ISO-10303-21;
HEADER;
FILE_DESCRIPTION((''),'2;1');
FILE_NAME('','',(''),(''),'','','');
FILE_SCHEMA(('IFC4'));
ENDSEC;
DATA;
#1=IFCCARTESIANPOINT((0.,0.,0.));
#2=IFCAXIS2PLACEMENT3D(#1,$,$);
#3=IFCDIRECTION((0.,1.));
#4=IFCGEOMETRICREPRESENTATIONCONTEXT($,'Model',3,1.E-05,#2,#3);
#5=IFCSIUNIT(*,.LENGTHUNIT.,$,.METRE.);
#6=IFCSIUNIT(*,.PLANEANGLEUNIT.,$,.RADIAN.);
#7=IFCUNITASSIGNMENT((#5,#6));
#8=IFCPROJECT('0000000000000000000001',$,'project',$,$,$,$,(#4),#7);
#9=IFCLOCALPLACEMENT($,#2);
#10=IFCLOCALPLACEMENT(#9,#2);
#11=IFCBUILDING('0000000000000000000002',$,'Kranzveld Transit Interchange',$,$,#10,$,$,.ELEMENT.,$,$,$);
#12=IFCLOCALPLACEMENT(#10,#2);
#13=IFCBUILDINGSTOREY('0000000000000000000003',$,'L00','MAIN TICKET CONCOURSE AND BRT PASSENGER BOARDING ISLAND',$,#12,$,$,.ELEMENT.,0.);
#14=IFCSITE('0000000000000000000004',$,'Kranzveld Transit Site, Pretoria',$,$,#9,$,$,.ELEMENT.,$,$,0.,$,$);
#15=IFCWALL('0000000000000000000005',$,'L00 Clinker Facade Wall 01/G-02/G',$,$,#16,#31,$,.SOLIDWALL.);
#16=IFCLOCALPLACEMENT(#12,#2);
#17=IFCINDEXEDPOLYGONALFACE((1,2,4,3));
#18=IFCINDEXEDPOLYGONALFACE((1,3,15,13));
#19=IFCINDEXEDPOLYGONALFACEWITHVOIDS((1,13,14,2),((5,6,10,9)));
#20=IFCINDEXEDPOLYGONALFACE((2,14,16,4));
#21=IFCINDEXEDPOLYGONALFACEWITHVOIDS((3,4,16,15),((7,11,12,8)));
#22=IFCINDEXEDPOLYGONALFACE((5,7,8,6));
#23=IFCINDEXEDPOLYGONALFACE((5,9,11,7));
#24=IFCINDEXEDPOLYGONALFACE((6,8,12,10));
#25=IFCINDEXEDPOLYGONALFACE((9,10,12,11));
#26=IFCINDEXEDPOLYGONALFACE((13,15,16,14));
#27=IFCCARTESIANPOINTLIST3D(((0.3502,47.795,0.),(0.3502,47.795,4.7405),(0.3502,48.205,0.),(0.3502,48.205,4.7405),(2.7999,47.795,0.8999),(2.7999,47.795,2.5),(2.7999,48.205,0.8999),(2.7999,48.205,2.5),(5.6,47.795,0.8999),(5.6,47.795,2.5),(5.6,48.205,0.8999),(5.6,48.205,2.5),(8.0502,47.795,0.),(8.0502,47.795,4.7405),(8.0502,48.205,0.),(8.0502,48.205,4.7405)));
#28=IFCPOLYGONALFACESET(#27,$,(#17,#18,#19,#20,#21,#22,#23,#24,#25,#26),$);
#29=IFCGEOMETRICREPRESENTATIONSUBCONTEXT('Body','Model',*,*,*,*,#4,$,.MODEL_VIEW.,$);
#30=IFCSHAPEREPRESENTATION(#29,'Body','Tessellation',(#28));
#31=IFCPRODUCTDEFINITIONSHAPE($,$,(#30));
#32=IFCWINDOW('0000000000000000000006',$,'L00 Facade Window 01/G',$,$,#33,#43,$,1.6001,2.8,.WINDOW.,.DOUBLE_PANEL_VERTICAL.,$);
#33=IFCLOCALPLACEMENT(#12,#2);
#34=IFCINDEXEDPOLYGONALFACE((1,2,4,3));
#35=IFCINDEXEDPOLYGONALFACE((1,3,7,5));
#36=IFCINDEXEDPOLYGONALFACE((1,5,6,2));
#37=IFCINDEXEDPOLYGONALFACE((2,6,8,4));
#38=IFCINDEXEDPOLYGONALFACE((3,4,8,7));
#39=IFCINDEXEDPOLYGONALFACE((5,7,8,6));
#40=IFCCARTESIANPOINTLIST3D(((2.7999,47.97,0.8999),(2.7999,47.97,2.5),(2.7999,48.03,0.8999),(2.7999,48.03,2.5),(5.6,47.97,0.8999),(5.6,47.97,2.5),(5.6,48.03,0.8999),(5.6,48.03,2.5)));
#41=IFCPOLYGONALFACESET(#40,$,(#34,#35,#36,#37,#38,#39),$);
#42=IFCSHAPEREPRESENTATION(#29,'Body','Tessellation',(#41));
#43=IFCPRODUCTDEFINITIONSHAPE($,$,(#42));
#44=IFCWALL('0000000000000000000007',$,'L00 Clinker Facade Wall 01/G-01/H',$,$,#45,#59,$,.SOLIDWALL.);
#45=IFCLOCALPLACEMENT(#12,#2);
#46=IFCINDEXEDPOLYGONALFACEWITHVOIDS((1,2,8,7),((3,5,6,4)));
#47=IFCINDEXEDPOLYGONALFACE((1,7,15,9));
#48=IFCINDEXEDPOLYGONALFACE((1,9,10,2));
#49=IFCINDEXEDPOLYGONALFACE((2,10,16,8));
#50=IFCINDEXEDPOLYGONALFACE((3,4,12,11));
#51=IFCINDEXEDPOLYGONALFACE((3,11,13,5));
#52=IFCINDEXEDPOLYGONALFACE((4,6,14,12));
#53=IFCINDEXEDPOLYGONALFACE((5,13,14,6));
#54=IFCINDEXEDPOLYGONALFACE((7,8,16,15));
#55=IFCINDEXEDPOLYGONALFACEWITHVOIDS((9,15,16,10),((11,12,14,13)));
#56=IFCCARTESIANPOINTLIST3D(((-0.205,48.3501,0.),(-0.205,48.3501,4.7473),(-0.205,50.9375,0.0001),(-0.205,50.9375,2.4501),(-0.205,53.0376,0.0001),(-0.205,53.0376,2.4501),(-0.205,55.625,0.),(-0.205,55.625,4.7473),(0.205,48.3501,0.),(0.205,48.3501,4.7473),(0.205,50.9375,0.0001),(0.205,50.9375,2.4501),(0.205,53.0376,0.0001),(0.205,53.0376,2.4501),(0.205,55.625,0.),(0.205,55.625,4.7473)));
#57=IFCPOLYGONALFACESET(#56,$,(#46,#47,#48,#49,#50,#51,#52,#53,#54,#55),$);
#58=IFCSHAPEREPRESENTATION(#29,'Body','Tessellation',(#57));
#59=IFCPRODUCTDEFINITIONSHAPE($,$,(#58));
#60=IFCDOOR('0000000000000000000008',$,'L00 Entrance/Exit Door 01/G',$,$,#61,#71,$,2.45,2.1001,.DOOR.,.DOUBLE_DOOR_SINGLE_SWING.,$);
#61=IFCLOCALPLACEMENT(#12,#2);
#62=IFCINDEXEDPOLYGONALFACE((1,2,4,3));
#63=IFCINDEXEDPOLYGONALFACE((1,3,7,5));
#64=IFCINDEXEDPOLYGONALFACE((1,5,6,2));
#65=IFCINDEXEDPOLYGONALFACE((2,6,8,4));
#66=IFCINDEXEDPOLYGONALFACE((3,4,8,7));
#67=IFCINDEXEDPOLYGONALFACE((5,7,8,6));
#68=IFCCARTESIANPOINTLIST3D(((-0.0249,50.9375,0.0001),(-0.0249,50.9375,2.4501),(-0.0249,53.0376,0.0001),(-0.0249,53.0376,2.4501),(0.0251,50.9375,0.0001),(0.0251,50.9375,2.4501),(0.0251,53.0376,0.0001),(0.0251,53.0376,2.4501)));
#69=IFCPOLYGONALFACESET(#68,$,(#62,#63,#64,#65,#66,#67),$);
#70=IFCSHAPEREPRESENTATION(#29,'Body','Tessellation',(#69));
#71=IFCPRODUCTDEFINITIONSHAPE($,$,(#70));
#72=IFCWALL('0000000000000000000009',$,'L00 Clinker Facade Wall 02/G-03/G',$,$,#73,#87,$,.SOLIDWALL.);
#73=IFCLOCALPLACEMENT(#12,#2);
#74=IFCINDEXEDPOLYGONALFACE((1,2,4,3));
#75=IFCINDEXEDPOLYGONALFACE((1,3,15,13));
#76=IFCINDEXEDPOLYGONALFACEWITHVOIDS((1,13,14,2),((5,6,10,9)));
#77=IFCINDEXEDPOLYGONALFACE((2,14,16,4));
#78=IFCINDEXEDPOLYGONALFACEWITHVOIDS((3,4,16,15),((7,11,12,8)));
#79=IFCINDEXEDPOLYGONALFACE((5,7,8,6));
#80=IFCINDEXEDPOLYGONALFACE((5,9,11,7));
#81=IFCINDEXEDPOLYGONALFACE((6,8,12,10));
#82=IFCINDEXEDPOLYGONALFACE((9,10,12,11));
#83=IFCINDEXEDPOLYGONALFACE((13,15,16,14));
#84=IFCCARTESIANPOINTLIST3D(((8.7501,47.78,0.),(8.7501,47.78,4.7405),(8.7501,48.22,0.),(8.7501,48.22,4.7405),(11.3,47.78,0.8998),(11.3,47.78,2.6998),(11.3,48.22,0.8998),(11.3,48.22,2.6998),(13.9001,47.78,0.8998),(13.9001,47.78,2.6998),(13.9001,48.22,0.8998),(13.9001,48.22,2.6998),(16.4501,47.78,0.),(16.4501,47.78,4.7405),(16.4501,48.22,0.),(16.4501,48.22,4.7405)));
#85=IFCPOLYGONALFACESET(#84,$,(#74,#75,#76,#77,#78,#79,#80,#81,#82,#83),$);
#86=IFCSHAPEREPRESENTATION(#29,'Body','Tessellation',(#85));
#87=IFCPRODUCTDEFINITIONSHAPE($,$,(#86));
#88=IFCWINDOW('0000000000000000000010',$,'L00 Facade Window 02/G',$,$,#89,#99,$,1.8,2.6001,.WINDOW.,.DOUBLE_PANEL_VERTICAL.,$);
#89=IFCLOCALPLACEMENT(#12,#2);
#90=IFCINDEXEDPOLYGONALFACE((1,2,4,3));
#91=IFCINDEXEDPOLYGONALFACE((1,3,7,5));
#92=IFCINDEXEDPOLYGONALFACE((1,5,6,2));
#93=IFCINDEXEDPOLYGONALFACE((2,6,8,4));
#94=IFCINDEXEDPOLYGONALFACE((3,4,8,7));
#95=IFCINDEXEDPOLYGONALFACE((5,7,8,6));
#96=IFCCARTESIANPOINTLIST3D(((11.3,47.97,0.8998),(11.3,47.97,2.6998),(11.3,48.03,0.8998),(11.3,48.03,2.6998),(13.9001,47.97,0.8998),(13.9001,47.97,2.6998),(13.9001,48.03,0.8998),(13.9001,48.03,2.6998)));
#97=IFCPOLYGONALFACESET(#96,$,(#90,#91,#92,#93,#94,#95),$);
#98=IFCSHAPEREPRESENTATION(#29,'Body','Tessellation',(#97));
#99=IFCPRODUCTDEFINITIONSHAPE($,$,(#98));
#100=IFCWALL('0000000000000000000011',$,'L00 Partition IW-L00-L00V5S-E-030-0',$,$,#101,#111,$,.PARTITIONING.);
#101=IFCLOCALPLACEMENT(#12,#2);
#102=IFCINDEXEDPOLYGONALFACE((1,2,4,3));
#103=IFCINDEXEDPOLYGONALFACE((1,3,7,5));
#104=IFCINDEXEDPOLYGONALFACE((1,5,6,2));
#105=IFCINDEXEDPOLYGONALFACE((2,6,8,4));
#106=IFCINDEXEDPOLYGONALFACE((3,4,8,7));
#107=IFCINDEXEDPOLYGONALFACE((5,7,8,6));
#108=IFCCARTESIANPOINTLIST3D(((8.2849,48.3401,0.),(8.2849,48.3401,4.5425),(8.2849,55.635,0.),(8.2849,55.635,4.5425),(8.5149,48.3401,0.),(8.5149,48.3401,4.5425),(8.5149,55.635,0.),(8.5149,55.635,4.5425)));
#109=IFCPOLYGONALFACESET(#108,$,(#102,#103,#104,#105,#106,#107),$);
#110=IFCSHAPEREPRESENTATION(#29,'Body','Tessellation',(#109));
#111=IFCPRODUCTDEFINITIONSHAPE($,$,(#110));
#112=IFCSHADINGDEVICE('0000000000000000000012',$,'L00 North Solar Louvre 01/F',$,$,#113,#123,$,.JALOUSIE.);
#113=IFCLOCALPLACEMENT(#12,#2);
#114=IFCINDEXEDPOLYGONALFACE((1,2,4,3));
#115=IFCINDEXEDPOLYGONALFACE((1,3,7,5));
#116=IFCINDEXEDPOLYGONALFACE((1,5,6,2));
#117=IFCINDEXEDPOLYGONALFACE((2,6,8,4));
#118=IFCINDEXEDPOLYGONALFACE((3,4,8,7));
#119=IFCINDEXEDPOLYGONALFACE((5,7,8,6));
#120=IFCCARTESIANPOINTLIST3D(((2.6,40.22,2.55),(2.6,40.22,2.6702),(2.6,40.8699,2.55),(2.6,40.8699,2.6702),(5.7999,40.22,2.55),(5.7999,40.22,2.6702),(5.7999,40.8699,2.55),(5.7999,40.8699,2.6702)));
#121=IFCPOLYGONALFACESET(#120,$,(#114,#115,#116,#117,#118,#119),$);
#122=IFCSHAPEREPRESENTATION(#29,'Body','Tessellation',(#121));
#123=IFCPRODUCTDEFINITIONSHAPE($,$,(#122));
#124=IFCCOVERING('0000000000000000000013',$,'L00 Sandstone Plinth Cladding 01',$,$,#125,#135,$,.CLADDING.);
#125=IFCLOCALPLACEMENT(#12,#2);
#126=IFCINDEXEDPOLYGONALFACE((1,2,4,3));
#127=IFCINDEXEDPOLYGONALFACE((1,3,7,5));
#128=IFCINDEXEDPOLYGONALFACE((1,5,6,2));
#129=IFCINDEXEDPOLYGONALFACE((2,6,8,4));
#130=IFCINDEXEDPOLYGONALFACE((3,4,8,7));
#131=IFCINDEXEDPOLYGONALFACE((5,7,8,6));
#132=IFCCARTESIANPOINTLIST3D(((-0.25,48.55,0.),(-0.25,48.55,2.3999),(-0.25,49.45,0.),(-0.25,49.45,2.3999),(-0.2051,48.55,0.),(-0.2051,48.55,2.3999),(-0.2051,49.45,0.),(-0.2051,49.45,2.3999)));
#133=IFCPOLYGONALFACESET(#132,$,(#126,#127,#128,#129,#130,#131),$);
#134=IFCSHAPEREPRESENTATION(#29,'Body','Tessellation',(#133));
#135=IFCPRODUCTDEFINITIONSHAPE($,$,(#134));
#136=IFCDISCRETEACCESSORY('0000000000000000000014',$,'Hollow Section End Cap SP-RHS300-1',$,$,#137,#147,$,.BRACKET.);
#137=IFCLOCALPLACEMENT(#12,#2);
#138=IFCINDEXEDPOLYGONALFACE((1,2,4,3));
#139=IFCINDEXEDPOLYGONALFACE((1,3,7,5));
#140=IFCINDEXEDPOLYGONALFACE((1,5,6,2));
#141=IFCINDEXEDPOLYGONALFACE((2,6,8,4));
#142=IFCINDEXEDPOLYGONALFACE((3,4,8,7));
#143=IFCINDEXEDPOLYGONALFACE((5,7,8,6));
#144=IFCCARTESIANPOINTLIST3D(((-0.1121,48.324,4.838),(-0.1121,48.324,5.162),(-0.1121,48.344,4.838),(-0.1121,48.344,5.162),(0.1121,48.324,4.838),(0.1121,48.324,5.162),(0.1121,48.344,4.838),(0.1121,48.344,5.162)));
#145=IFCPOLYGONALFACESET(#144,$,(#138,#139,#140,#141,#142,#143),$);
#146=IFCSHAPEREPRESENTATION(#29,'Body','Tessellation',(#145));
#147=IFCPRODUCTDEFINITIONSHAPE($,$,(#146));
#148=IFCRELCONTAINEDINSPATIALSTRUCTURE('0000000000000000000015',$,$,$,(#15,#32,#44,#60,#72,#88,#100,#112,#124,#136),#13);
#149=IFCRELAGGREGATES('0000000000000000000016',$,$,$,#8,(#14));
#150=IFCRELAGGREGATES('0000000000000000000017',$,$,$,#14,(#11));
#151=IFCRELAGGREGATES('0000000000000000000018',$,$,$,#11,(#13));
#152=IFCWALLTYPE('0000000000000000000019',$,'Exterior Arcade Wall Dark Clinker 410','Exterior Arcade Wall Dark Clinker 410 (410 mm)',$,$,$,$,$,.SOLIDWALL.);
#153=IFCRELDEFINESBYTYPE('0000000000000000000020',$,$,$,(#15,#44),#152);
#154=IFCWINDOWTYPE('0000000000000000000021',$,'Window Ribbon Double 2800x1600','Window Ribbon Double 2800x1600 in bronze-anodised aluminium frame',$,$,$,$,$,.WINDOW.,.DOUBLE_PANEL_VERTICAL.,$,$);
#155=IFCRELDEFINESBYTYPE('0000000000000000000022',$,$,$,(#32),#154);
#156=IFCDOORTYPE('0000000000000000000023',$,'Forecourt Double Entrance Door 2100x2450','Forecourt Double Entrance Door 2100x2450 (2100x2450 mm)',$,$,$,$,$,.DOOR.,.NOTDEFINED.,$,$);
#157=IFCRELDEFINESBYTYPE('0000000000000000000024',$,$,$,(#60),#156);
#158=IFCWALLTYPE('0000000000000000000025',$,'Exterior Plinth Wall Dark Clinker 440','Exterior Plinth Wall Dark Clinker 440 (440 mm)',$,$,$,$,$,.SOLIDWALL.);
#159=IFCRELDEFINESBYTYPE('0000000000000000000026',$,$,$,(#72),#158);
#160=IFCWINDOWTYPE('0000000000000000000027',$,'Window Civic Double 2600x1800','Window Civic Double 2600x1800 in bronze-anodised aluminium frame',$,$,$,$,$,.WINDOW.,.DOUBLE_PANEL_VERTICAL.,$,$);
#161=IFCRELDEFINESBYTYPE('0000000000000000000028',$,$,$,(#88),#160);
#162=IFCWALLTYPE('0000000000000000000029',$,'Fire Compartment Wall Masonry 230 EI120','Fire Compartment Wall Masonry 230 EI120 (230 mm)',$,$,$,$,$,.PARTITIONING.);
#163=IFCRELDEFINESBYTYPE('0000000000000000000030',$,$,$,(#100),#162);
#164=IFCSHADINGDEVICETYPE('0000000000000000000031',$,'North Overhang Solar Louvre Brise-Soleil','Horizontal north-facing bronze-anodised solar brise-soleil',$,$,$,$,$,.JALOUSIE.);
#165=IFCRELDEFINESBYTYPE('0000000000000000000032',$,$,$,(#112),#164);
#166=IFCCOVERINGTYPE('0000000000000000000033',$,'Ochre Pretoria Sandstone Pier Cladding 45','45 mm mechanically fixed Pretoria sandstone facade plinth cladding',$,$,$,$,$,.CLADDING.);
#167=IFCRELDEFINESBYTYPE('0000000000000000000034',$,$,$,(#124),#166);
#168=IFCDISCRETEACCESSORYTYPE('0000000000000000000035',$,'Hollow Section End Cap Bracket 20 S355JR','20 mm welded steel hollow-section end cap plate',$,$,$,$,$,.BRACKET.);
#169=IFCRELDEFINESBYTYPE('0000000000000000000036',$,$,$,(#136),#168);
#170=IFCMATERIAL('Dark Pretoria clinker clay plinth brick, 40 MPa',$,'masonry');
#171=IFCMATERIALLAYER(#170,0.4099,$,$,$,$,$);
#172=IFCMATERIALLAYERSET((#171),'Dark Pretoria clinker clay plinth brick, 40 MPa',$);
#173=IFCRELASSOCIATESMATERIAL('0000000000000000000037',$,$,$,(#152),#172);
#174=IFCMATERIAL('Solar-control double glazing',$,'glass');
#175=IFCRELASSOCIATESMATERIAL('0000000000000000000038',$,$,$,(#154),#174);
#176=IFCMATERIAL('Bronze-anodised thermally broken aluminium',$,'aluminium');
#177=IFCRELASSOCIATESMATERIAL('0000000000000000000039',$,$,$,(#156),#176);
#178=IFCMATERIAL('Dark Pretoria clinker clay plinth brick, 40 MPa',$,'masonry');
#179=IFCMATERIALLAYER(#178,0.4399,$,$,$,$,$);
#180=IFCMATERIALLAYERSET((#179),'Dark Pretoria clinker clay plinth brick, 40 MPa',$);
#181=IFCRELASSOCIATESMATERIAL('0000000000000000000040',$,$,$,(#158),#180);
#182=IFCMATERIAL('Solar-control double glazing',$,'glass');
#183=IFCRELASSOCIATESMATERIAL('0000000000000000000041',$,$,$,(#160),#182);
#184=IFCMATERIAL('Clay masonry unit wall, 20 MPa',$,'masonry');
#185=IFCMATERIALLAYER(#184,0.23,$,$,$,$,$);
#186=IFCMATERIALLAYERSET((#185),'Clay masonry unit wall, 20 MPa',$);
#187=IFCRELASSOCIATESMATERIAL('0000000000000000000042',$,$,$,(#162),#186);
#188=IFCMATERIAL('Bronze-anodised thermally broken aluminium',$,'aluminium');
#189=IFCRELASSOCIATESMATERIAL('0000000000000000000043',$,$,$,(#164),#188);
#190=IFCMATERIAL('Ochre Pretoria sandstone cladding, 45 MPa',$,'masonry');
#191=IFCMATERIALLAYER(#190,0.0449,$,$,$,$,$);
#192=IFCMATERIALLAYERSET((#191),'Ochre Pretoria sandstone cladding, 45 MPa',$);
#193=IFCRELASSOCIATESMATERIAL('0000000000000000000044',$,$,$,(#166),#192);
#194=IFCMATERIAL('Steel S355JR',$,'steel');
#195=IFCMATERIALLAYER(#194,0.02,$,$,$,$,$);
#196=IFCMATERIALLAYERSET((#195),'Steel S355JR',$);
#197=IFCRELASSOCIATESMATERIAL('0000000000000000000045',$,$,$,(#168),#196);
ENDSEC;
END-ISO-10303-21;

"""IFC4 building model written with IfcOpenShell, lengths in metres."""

from ifc_helpers import new_model, si_unit, direction, frame, frame_2d, origin, origin_2d, place, context, subcontext, project, spatial, rectangle, extrude, material, layer, layer_set, type_object, element, fill, save


model = new_model("IFC4")

# Units and contexts
model_context = context("Model", 3, precision=1e-05, world=origin(), true_north=direction((0.0, 1.0)))
body_context = subcontext(model_context, "Body", "Model", "MODEL_VIEW")
ifc_project = project(units=[si_unit("LENGTHUNIT", "METRE"), si_unit("PLANEANGLEUNIT", "RADIAN")], contexts=[model_context])

# Site, building, storey
site_placement = place(None, origin())
site = spatial("IfcSite", under=ifc_project, at=site_placement, Name="Kranzveld Transit Site, Pretoria", CompositionType="ELEMENT", RefElevation=0.0)
building_placement = place(site_placement, origin())
building = spatial("IfcBuilding", under=site, at=building_placement, Name="Kranzveld Transit Interchange", CompositionType="ELEMENT")
storey_placement = place(building_placement, origin())
storey = spatial("IfcBuildingStorey", under=building, at=storey_placement, Name="L00", Description="MAIN TICKET CONCOURSE AND BRT PASSENGER BOARDING ISLAND", CompositionType="ELEMENT", Elevation=0.0)

# Wall, opening, window
ifc_material_1 = material(Name="Dark Pretoria clinker clay plinth brick, 40 MPa", Category="masonry")
ifc_layer_1 = layer(ifc_material_1, 0.4099)
ifc_layer_set_1 = layer_set([ifc_layer_1], Name="Dark Pretoria clinker clay plinth brick, 40 MPa")
wall_type_1 = type_object("IfcWallType", Name="Exterior Arcade Wall Dark Clinker 410", Description="Exterior Arcade Wall Dark Clinker 410 (410 mm)", PredefinedType="SOLIDWALL", material=ifc_layer_set_1)
wall_1_placement = place(storey_placement, frame((0.3501, 48.0, 0.0), z_axis=(0.0, 0.0, 1.0), x_axis=(1.0, 0.0, 0.0)))
wall_1 = element("IfcWall", 1, at=wall_1_placement, inside=storey, type_object=wall_type_1, Name="L00 Clinker Facade Wall 01/G-02/G", PredefinedType="SOLIDWALL", context=body_context, shape_type="SweptSolid", body=[
    extrude(rectangle(XDim=7.7, YDim=0.4099, at=frame_2d((3.8501, 0.0))), origin(), (0.0, 0.0, 1.0), 4.7405),
])
opening_1_placement = place(wall_1_placement, frame((2.45, 0.0, 0.8999), z_axis=(0.0, 0.0, 1.0), x_axis=(1.0, 0.0, 0.0)))
opening_1 = element("IfcOpeningElement", 2, at=opening_1_placement, cuts=wall_1, PredefinedType="OPENING", context=body_context, shape_type="SweptSolid", body=[
    extrude(rectangle(XDim=2.8, YDim=1.6001, at=frame_2d((1.3999, 0.8))), frame((0.0, 0.2148, 0.0), z_axis=(0.0, -1.0, 0.0), x_axis=(1.0, 0.0, 0.0)), (0.0, 0.0, 1.0), 0.4299),
])
ifc_material_2 = material(Name="Solar-control double glazing", Category="glass")
window_type_1 = type_object("IfcWindowType", Name="Window Ribbon Double 2800x1600", Description="Window Ribbon Double 2800x1600 in bronze-anodised aluminium frame", PartitioningType="DOUBLE_PANEL_VERTICAL", PredefinedType="WINDOW", material=ifc_material_2)
window_1_placement = place(opening_1_placement, origin())
window_1 = element("IfcWindow", 3, at=window_1_placement, inside=storey, type_object=window_type_1, Name="L00 Facade Window 01/G", OverallHeight=1.6001, OverallWidth=2.8, PartitioningType="DOUBLE_PANEL_VERTICAL", PredefinedType="WINDOW", context=body_context, shape_type="SweptSolid", body=[
    extrude(rectangle(XDim=2.8, YDim=1.6001, at=frame_2d((1.3999, 0.8))), frame((0.0, 0.03, 0.0), z_axis=(0.0, -1.0, 0.0), x_axis=(1.0, 0.0, 0.0)), (0.0, 0.0, 1.0), 0.0601),
])
fill(opening_1, window_1)

# Wall, opening, door
wall_2_placement = place(storey_placement, frame((0.0, 48.3501, 0.0), z_axis=(0.0, 0.0, 1.0), x_axis=(0.0, 1.0, 0.0)))
wall_2 = element("IfcWall", 4, at=wall_2_placement, inside=storey, type_object=wall_type_1, Name="L00 Clinker Facade Wall 01/G-01/H", PredefinedType="SOLIDWALL", context=body_context, shape_type="SweptSolid", body=[
    extrude(rectangle(XDim=7.2749, YDim=0.4099, at=frame_2d((3.6375, 0.0))), origin(), (0.0, 0.0, 1.0), 4.7473),
])
opening_2_placement = place(wall_2_placement, frame((2.5874, 0.0, 0.0), z_axis=(0.0, 0.0, 1.0), x_axis=(1.0, 0.0, 0.0)))
opening_2 = element("IfcOpeningElement", 5, at=opening_2_placement, cuts=wall_2, PredefinedType="OPENING", context=body_context, shape_type="SweptSolid", body=[
    extrude(rectangle(XDim=2.1001, YDim=2.45, at=frame_2d((1.05, 1.2251))), frame((0.0, 0.2148, 0.0), z_axis=(0.0, -1.0, 0.0), x_axis=(1.0, 0.0, 0.0)), (0.0, 0.0, 1.0), 0.4299),
])
ifc_material_3 = material(Name="Bronze-anodised thermally broken aluminium", Category="aluminium")
door_type = type_object("IfcDoorType", Name="Forecourt Double Entrance Door 2100x2450", Description="Forecourt Double Entrance Door 2100x2450 (2100x2450 mm)", OperationType="NOTDEFINED", PredefinedType="DOOR", material=ifc_material_3)
door_placement = place(opening_2_placement, origin())
door = element("IfcDoor", 6, at=door_placement, inside=storey, type_object=door_type, Name="L00 Entrance/Exit Door 01/G", OperationType="DOUBLE_DOOR_SINGLE_SWING", OverallHeight=2.45, OverallWidth=2.1001, PredefinedType="DOOR", context=body_context, shape_type="SweptSolid", body=[
    extrude(rectangle(XDim=2.1001, YDim=2.45, at=frame_2d((1.05, 1.2251))), frame((0.0, 0.0249, 0.0), z_axis=(0.0, -1.0, 0.0), x_axis=(1.0, 0.0, 0.0)), (0.0, 0.0, 1.0), 0.05),
])
fill(opening_2, door)

# Wall, opening, window
ifc_material_4 = material(Name="Dark Pretoria clinker clay plinth brick, 40 MPa", Category="masonry")
ifc_layer_2 = layer(ifc_material_4, 0.4399)
ifc_layer_set_2 = layer_set([ifc_layer_2], Name="Dark Pretoria clinker clay plinth brick, 40 MPa")
wall_type_2 = type_object("IfcWallType", Name="Exterior Plinth Wall Dark Clinker 440", Description="Exterior Plinth Wall Dark Clinker 440 (440 mm)", PredefinedType="SOLIDWALL", material=ifc_layer_set_2)
wall_3_placement = place(storey_placement, frame((8.75, 48.0, 0.0), z_axis=(0.0, 0.0, 1.0), x_axis=(1.0, 0.0, 0.0)))
wall_3 = element("IfcWall", 7, at=wall_3_placement, inside=storey, type_object=wall_type_2, Name="L00 Clinker Facade Wall 02/G-03/G", PredefinedType="SOLIDWALL", context=body_context, shape_type="SweptSolid", body=[
    extrude(rectangle(XDim=7.7, YDim=0.4399, at=frame_2d((3.8501, 0.0))), origin(), (0.0, 0.0, 1.0), 4.7405),
])
opening_3_placement = place(wall_3_placement, frame((2.55, 0.0, 0.8999), z_axis=(0.0, 0.0, 1.0), x_axis=(1.0, 0.0, 0.0)))
opening_3 = element("IfcOpeningElement", 8, at=opening_3_placement, cuts=wall_3, PredefinedType="OPENING", context=body_context, shape_type="SweptSolid", body=[
    extrude(rectangle(XDim=2.6001, YDim=1.8, at=frame_2d((1.3, 0.8999))), frame((0.0, 0.23, 0.0), z_axis=(0.0, -1.0, 0.0), x_axis=(1.0, 0.0, 0.0)), (0.0, 0.0, 1.0), 0.46),
])
ifc_material_5 = material(Name="Solar-control double glazing", Category="glass")
window_type_2 = type_object("IfcWindowType", Name="Window Civic Double 2600x1800", Description="Window Civic Double 2600x1800 in bronze-anodised aluminium frame", PartitioningType="DOUBLE_PANEL_VERTICAL", PredefinedType="WINDOW", material=ifc_material_5)
window_2_placement = place(opening_3_placement, origin())
window_2 = element("IfcWindow", 9, at=window_2_placement, inside=storey, type_object=window_type_2, Name="L00 Facade Window 02/G", OverallHeight=1.8, OverallWidth=2.6001, PartitioningType="DOUBLE_PANEL_VERTICAL", PredefinedType="WINDOW", context=body_context, shape_type="SweptSolid", body=[
    extrude(rectangle(XDim=2.6001, YDim=1.8, at=frame_2d((1.3, 0.8999))), frame((0.0, 0.03, 0.0), z_axis=(0.0, -1.0, 0.0), x_axis=(1.0, 0.0, 0.0)), (0.0, 0.0, 1.0), 0.0601),
])
fill(opening_3, window_2)

# Wall
ifc_material_6 = material(Name="Clay masonry unit wall, 20 MPa", Category="masonry")
ifc_layer_3 = layer(ifc_material_6, 0.23)
ifc_layer_set_3 = layer_set([ifc_layer_3], Name="Clay masonry unit wall, 20 MPa")
wall_type_3 = type_object("IfcWallType", Name="Fire Compartment Wall Masonry 230 EI120", Description="Fire Compartment Wall Masonry 230 EI120 (230 mm)", PredefinedType="PARTITIONING", material=ifc_layer_set_3)
wall_4_placement = place(storey_placement, frame((8.3999, 48.3401, 0.0), z_axis=(0.0, 0.0, 1.0), x_axis=(0.0, 1.0, 0.0)))
element("IfcWall", 10, at=wall_4_placement, inside=storey, type_object=wall_type_3, Name="L00 Partition IW-L00-L00V5S-E-030-0", PredefinedType="PARTITIONING", context=body_context, shape_type="SweptSolid", body=[
    extrude(rectangle(XDim=7.2949, YDim=0.23, at=frame_2d((3.6475, 0.0))), origin(), (0.0, 0.0, 1.0), 4.5425),
])

# Shading device
ifc_material_7 = material(Name="Bronze-anodised thermally broken aluminium", Category="aluminium")
shading_device_type = type_object("IfcShadingDeviceType", Name="North Overhang Solar Louvre Brise-Soleil", Description="Horizontal north-facing bronze-anodised solar brise-soleil", PredefinedType="JALOUSIE", material=ifc_material_7)
shading_device_placement = place(storey_placement, frame((4.2, 40.5449, 2.55), z_axis=(0.0, 0.0, 1.0), x_axis=(1.0, 0.0, 0.0)))
element("IfcShadingDevice", 11, at=shading_device_placement, inside=storey, type_object=shading_device_type, Name="L00 North Solar Louvre 01/F", PredefinedType="JALOUSIE", context=body_context, shape_type="SweptSolid", body=[
    extrude(rectangle(XDim=3.2, YDim=0.6499, at=origin_2d()), origin(), (0.0, 0.0, 1.0), 0.1201),
])

# Covering
ifc_material_8 = material(Name="Ochre Pretoria sandstone cladding, 45 MPa", Category="masonry")
ifc_layer_4 = layer(ifc_material_8, 0.0449)
ifc_layer_set_4 = layer_set([ifc_layer_4], Name="Ochre Pretoria sandstone cladding, 45 MPa")
covering_type = type_object("IfcCoveringType", Name="Ochre Pretoria Sandstone Pier Cladding 45", Description="45 mm mechanically fixed Pretoria sandstone facade plinth cladding", PredefinedType="CLADDING", material=ifc_layer_set_4)
covering_placement = place(storey_placement, frame((-0.2275, 49.0, 0.0), z_axis=(0.0, 0.0, 1.0), x_axis=(0.0, 1.0, 0.0)))
element("IfcCovering", 12, at=covering_placement, inside=storey, type_object=covering_type, Name="L00 Sandstone Plinth Cladding 01", PredefinedType="CLADDING", context=body_context, shape_type="SweptSolid", body=[
    extrude(rectangle(XDim=0.8999, YDim=0.0449, at=origin_2d()), origin(), (0.0, 0.0, 1.0), 2.3999),
])

# Discrete accessory
ifc_material_9 = material(Name="Steel S355JR", Category="steel")
ifc_layer_5 = layer(ifc_material_9, 0.02)
ifc_layer_set_5 = layer_set([ifc_layer_5], Name="Steel S355JR")
discrete_accessory_type = type_object("IfcDiscreteAccessoryType", Name="Hollow Section End Cap Bracket 20 S355JR", Description="20 mm welded steel hollow-section end cap plate", PredefinedType="BRACKET", material=ifc_layer_set_5)
discrete_accessory_placement = place(storey_placement, frame((0.0, 48.344, 5.0), z_axis=(0.0, -1.0, 0.0), x_axis=(1.0, 0.0, 0.0)))
element("IfcDiscreteAccessory", 13, at=discrete_accessory_placement, inside=storey, type_object=discrete_accessory_type, Name="Hollow Section End Cap SP-RHS300-1", PredefinedType="BRACKET", context=body_context, shape_type="SweptSolid", body=[
    extrude(rectangle(XDim=0.2241, YDim=0.324, at=origin_2d()), origin(), (0.0, 0.0, 1.0), 0.02),
])

save(model, "model.ifc")
